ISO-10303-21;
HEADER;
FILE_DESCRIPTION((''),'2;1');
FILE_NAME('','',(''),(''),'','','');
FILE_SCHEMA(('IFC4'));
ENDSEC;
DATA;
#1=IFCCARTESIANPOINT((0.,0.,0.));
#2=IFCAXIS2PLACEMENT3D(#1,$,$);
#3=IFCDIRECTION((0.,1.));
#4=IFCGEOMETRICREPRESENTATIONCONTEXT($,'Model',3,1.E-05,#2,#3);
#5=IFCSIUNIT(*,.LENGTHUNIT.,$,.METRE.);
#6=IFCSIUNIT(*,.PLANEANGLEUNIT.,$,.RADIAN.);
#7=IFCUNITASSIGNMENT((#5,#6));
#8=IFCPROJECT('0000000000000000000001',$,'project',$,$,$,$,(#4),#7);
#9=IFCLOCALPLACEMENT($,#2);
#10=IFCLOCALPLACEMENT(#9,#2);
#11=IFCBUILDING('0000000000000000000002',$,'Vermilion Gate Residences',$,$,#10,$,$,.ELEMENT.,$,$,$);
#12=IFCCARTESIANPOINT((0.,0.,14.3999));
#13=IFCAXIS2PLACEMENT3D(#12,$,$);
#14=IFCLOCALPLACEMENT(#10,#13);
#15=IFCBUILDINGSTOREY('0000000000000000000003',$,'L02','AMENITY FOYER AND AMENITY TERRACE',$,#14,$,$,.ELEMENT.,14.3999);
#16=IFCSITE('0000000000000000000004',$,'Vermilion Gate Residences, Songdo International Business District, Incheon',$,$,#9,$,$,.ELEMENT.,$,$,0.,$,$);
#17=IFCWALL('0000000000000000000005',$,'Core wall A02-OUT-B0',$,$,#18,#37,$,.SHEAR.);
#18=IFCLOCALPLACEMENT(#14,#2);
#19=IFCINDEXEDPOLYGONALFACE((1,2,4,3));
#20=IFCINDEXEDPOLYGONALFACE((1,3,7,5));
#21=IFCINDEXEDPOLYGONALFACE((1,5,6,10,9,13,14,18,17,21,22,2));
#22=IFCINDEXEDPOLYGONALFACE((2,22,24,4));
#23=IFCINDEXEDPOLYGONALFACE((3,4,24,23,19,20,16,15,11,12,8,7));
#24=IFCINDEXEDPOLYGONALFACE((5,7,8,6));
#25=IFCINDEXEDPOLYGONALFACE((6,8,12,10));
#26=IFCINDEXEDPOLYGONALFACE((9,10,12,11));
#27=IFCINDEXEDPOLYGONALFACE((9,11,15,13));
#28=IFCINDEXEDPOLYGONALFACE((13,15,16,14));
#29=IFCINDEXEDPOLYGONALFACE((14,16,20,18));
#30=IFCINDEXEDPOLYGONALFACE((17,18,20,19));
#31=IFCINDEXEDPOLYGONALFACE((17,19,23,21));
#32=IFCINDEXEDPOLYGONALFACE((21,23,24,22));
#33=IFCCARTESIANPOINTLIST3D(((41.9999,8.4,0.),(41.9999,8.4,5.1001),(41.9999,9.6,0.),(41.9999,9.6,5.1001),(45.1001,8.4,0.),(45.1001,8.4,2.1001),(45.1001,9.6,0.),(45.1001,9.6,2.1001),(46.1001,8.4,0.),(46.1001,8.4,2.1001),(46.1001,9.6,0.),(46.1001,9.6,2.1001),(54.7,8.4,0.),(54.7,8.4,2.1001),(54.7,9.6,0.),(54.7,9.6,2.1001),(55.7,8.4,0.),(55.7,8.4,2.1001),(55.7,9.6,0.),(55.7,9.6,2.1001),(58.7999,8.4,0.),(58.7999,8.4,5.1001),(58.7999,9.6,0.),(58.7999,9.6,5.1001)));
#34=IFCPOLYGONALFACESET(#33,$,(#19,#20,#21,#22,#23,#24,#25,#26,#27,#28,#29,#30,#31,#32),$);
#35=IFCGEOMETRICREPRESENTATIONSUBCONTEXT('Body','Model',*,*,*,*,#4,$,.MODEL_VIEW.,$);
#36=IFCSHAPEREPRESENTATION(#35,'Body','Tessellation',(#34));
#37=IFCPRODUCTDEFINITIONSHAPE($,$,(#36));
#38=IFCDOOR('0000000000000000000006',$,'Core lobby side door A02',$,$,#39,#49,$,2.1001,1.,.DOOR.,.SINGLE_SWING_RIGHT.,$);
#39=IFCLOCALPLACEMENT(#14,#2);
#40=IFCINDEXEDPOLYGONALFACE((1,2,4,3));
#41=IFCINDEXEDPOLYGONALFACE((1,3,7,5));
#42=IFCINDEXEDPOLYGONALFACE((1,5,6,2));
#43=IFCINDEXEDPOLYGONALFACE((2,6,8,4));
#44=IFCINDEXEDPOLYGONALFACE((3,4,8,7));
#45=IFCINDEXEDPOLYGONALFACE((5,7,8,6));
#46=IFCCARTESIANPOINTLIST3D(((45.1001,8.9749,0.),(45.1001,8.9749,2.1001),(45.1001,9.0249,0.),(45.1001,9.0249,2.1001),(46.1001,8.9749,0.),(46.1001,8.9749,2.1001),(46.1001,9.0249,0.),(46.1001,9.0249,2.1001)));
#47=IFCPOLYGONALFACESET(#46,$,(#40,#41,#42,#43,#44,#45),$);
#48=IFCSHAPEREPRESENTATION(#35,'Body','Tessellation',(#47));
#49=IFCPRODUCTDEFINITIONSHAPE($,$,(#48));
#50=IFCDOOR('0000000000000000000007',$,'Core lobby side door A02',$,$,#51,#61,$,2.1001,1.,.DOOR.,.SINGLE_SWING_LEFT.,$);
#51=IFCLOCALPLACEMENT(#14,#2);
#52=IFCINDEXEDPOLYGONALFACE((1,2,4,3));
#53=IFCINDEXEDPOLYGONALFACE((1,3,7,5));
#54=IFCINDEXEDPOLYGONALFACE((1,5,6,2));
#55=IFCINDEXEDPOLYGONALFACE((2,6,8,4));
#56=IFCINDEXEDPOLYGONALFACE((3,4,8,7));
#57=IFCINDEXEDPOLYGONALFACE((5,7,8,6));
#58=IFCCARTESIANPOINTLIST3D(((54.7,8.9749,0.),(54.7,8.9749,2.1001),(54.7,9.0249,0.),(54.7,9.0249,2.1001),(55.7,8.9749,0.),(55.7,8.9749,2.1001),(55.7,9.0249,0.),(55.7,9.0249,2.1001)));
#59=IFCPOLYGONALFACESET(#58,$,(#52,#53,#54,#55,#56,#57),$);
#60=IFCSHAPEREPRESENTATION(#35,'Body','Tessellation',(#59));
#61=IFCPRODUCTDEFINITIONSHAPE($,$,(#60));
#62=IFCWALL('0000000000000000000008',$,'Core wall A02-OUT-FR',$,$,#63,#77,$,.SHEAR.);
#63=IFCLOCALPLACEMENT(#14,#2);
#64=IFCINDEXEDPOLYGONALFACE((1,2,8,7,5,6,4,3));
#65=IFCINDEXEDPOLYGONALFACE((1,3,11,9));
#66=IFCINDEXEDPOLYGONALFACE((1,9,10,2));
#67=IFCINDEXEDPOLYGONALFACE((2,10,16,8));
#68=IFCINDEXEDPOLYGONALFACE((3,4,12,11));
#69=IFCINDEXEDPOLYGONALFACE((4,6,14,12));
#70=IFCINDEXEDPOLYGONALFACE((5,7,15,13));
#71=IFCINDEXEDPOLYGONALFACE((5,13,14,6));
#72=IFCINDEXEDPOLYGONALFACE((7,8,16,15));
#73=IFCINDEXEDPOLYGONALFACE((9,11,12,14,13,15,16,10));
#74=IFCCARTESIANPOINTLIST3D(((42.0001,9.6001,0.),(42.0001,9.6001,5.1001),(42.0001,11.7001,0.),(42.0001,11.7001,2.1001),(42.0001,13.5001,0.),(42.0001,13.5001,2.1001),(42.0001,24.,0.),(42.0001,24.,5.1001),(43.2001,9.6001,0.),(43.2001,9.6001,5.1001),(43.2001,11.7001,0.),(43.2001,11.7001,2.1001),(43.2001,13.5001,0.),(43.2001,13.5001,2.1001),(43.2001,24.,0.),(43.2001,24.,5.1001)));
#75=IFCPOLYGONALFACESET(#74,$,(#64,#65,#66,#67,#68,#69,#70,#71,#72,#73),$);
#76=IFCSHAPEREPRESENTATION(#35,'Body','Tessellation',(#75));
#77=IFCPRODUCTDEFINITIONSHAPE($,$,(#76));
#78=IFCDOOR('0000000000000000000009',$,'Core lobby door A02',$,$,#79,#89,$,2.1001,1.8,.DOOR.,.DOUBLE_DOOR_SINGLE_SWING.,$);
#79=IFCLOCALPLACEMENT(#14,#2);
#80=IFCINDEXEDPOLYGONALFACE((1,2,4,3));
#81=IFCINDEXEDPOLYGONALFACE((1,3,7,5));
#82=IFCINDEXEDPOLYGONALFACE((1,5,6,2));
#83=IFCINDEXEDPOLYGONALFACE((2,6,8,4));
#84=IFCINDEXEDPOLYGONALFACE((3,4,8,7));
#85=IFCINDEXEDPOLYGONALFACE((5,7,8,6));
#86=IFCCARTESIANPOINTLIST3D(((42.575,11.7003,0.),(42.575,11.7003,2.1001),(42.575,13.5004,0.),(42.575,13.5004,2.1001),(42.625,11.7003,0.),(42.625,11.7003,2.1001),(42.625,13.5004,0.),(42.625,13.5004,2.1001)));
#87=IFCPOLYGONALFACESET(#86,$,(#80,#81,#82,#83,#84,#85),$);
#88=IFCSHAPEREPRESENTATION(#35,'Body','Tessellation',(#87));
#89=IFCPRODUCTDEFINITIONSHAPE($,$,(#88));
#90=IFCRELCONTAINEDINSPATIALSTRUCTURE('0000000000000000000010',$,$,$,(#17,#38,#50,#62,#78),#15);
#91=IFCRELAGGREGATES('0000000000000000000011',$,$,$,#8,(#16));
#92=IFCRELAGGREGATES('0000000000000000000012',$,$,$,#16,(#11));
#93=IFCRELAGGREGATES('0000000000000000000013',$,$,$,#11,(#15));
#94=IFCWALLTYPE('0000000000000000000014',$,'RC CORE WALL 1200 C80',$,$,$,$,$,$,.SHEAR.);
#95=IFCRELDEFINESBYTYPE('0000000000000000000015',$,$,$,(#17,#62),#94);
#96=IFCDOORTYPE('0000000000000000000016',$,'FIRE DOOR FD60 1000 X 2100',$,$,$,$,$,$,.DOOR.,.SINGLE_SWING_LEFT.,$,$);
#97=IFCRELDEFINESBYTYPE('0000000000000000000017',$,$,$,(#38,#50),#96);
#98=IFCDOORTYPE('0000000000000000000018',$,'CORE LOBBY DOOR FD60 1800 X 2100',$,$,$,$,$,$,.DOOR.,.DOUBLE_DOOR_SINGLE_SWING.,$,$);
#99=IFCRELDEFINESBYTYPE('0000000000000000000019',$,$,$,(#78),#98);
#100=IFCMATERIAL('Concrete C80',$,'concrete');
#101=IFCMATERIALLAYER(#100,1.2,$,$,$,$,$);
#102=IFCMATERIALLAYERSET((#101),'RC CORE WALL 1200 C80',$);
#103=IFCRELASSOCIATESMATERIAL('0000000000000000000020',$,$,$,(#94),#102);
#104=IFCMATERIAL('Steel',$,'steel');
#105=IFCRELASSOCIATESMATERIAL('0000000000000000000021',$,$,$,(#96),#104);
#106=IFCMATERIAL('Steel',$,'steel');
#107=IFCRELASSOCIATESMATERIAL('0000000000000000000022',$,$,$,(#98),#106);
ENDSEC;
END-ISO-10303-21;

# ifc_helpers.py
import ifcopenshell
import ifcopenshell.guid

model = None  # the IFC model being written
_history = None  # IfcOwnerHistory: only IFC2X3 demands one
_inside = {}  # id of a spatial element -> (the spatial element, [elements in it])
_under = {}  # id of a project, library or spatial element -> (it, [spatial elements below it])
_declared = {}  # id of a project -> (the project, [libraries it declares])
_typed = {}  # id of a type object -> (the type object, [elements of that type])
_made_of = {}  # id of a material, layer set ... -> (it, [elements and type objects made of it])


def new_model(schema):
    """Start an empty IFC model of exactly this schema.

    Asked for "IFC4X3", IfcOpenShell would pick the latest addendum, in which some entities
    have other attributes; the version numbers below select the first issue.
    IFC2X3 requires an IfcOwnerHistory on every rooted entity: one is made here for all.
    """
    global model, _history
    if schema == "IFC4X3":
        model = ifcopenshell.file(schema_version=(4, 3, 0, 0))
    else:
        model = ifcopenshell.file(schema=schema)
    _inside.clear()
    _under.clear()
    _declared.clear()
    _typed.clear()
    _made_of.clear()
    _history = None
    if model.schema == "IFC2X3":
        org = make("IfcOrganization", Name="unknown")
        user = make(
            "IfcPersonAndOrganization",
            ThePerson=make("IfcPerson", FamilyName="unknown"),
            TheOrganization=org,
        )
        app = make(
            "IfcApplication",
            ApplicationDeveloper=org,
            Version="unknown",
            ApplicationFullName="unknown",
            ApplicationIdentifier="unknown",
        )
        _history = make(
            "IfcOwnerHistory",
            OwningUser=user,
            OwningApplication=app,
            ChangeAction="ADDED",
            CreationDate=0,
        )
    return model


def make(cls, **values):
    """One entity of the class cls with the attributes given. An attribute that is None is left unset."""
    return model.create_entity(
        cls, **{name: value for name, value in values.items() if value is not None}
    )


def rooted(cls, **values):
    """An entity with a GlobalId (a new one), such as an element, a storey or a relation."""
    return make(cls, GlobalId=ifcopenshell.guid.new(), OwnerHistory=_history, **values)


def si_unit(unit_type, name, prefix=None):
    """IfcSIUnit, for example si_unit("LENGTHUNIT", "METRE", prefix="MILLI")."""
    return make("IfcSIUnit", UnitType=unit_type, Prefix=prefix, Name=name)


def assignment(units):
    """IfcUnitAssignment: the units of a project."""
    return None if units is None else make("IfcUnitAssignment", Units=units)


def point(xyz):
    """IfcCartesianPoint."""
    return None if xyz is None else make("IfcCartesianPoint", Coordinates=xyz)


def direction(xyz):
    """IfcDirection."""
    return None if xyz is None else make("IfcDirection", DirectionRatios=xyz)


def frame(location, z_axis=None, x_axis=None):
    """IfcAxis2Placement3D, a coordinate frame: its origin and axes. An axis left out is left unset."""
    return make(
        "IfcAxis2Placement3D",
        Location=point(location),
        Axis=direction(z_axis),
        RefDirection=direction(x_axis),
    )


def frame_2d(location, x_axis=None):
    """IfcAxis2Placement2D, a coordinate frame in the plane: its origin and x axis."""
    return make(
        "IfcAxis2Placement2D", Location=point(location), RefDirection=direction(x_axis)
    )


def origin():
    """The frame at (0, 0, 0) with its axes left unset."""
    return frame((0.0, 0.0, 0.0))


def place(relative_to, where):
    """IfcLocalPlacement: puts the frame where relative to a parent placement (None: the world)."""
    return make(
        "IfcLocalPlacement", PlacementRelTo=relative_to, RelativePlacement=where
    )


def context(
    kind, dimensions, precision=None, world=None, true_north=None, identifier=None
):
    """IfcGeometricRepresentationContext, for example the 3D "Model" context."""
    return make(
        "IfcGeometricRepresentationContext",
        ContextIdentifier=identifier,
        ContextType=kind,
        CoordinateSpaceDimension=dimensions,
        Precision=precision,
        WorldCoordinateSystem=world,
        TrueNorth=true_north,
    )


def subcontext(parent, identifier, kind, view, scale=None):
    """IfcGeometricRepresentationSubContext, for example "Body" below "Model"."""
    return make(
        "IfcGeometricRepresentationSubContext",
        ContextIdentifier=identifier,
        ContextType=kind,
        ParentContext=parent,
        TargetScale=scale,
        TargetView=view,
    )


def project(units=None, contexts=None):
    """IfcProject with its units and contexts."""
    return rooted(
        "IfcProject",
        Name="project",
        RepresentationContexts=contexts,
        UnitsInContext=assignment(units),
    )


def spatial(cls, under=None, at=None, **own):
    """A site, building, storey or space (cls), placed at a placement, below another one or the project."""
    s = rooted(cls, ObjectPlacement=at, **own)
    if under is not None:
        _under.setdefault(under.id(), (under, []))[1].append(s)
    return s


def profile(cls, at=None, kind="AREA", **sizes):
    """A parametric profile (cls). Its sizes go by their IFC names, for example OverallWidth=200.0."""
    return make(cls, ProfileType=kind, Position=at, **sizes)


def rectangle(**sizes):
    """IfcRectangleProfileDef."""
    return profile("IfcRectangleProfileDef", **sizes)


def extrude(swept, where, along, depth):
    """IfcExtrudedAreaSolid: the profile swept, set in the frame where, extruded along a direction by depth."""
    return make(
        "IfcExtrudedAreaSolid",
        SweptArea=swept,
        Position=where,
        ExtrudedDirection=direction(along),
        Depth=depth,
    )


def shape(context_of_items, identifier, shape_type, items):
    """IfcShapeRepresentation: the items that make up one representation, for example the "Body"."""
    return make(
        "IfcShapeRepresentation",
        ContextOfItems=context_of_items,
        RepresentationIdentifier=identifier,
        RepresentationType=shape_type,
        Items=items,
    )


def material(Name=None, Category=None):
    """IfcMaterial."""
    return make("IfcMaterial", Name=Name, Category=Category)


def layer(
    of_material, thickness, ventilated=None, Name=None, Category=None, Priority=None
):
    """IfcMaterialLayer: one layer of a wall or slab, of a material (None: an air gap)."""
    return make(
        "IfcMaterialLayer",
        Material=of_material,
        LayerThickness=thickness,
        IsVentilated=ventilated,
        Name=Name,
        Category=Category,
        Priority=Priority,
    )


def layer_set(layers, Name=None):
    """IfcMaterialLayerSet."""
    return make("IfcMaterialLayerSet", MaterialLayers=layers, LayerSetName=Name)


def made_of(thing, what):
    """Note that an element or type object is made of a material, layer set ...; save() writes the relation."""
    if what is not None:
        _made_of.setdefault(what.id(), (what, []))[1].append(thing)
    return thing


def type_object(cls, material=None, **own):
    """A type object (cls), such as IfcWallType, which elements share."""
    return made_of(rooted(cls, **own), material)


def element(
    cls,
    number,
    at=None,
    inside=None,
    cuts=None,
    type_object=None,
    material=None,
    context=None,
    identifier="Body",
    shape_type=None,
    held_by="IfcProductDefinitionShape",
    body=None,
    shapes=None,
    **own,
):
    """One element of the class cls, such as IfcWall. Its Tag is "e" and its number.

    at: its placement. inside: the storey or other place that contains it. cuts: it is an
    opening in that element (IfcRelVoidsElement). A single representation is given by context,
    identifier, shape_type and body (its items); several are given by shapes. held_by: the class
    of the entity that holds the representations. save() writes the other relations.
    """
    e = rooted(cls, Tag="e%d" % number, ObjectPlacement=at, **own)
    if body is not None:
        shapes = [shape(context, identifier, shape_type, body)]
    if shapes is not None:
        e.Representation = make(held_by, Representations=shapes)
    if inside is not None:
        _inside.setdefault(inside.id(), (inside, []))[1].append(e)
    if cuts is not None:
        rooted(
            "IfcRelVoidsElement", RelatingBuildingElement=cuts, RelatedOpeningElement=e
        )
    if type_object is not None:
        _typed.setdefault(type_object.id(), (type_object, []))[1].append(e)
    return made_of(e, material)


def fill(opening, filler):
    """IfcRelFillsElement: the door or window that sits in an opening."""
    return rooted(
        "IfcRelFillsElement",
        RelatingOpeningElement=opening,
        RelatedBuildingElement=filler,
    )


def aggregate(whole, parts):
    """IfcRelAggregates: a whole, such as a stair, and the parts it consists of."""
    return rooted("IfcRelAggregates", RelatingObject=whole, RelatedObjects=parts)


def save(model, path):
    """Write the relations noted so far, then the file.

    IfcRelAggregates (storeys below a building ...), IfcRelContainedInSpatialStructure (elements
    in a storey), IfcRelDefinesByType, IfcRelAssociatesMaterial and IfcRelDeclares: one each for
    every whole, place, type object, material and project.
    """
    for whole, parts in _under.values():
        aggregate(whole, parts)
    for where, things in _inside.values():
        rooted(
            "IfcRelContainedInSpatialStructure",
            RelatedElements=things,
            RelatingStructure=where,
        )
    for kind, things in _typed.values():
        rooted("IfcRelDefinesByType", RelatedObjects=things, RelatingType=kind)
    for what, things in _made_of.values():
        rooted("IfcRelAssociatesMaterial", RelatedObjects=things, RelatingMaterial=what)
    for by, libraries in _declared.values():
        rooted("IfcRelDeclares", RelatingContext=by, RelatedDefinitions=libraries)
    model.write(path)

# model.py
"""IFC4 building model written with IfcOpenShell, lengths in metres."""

from ifc_helpers import new_model, si_unit, direction, frame, frame_2d, origin, place, context, subcontext, project, spatial, rectangle, extrude, material, layer, layer_set, type_object, element, fill, save


model = new_model("IFC4")

# Units and contexts
model_context = context("Model", 3, precision=1e-05, world=origin(), true_north=direction((0.0, 1.0)))
body_context = subcontext(model_context, "Body", "Model", "MODEL_VIEW")
ifc_project = project(units=[si_unit("LENGTHUNIT", "METRE"), si_unit("PLANEANGLEUNIT", "RADIAN")], contexts=[model_context])

# Site, building, storey
site_placement = place(None, origin())
site = spatial("IfcSite", under=ifc_project, at=site_placement, Name="Vermilion Gate Residences, Songdo International Business District, Incheon", CompositionType="ELEMENT", RefElevation=0.0)
building_placement = place(site_placement, origin())
building = spatial("IfcBuilding", under=site, at=building_placement, Name="Vermilion Gate Residences", CompositionType="ELEMENT")
storey_placement = place(building_placement, frame((0.0, 0.0, 14.3999)))
storey = spatial("IfcBuildingStorey", under=building, at=storey_placement, Name="L02", Description="AMENITY FOYER AND AMENITY TERRACE", CompositionType="ELEMENT", Elevation=14.3999)

# Wall, openings, doors
ifc_material_1 = material(Name="Concrete C80", Category="concrete")
ifc_layer_1 = layer(ifc_material_1, 1.2)
ifc_layer_set_1 = layer_set([ifc_layer_1], Name="RC CORE WALL 1200 C80")
wall_type_1 = type_object("IfcWallType", Name="RC CORE WALL 1200 C80", PredefinedType="SHEAR", material=ifc_layer_set_1)
wall_1_placement = place(storey_placement, frame((42.0, 9.0, 0.0), z_axis=(0.0, 0.0, 1.0), x_axis=(1.0, 0.0, 0.0)))
wall_1 = element("IfcWall", 1, at=wall_1_placement, inside=storey, type_object=wall_type_1, Name="Core wall A02-OUT-B0", PredefinedType="SHEAR", context=body_context, shape_type="SweptSolid", body=[
    extrude(rectangle(XDim=16.8, YDim=1.2, at=frame_2d((8.3999, 0.0))), origin(), (0.0, 0.0, 1.0), 5.1001),
])
opening_1_placement = place(wall_1_placement, frame((3.1001, 0.0, 0.0)))
opening_1 = element("IfcOpeningElement", 2, at=opening_1_placement, cuts=wall_1, PredefinedType="OPENING", context=body_context, shape_type="SweptSolid", body=[
    extrude(rectangle(XDim=1.0, YDim=2.1001, at=frame_2d((0.5, 1.05))), frame((0.0, 0.6099, 0.0), z_axis=(0.0, -1.0, 0.0), x_axis=(1.0, 0.0, 0.0)), (0.0, 0.0, 1.0), 1.22),
])
opening_2_placement = place(wall_1_placement, frame((12.7, 0.0, 0.0)))
opening_2 = element("IfcOpeningElement", 3, at=opening_2_placement, cuts=wall_1, PredefinedType="OPENING", context=body_context, shape_type="SweptSolid", body=[
    extrude(rectangle(XDim=1.0, YDim=2.1001, at=frame_2d((0.5, 1.05))), frame((0.0, 0.6099, 0.0), z_axis=(0.0, -1.0, 0.0), x_axis=(1.0, 0.0, 0.0)), (0.0, 0.0, 1.0), 1.22),
])
ifc_material_2 = material(Name="Steel", Category="steel")
door_type_1 = type_object("IfcDoorType", Name="FIRE DOOR FD60 1000 X 2100", OperationType="SINGLE_SWING_LEFT", PredefinedType="DOOR", material=ifc_material_2)
door_1_placement = place(opening_1_placement, origin())
door_1 = element("IfcDoor", 4, at=door_1_placement, inside=storey, type_object=door_type_1, Name="Core lobby side door A02", OperationType="SINGLE_SWING_RIGHT", OverallHeight=2.1001, OverallWidth=1.0, PredefinedType="DOOR", context=body_context, shape_type="SweptSolid", body=[
    extrude(rectangle(XDim=1.0, YDim=2.1001, at=frame_2d((0.5, 1.05))), frame((0.0, 0.0249, 0.0), z_axis=(0.0, -1.0, 0.0), x_axis=(1.0, 0.0, 0.0)), (0.0, 0.0, 1.0), 0.05),
])
fill(opening_1, door_1)
door_2_placement = place(opening_2_placement, origin())
door_2 = element("IfcDoor", 5, at=door_2_placement, inside=storey, type_object=door_type_1, Name="Core lobby side door A02", OperationType="SINGLE_SWING_LEFT", OverallHeight=2.1001, OverallWidth=1.0, PredefinedType="DOOR", context=body_context, shape_type="SweptSolid", body=[
    extrude(rectangle(XDim=1.0, YDim=2.1001, at=frame_2d((0.5, 1.05))), frame((0.0, 0.0249, 0.0), z_axis=(0.0, -1.0, 0.0), x_axis=(1.0, 0.0, 0.0)), (0.0, 0.0, 1.0), 0.05),
])
fill(opening_2, door_2)

# Wall, opening, door
wall_2_placement = place(storey_placement, frame((42.6001, 9.6001, 0.0), z_axis=(0.0, 0.0, 1.0), x_axis=(0.0, 1.0, 0.0)))
wall_2 = element("IfcWall", 6, at=wall_2_placement, inside=storey, type_object=wall_type_1, Name="Core wall A02-OUT-FR", PredefinedType="SHEAR", context=body_context, shape_type="SweptSolid", body=[
    extrude(rectangle(XDim=14.3999, YDim=1.2, at=frame_2d((7.2, 0.0))), origin(), (0.0, 0.0, 1.0), 5.1001),
])
opening_3_placement = place(wall_2_placement, frame((2.1001, 0.0, 0.0)))
opening_3 = element("IfcOpeningElement", 7, at=opening_3_placement, cuts=wall_2, PredefinedType="OPENING", context=body_context, shape_type="SweptSolid", body=[
    extrude(rectangle(XDim=1.8, YDim=2.1001, at=frame_2d((0.8999, 1.05))), frame((0.0, 0.6099, 0.0), z_axis=(0.0, -1.0, 0.0), x_axis=(1.0, 0.0, 0.0)), (0.0, 0.0, 1.0), 1.22),
])
ifc_material_3 = material(Name="Steel", Category="steel")
door_type_2 = type_object("IfcDoorType", Name="CORE LOBBY DOOR FD60 1800 X 2100", OperationType="DOUBLE_DOOR_SINGLE_SWING", PredefinedType="DOOR", material=ifc_material_3)
door_3_placement = place(opening_3_placement, frame((1.8, 0.0, 0.0), z_axis=(0.0, 0.0, 1.0), x_axis=(-1.0, 0.0, 0.0)))
door_3 = element("IfcDoor", 8, at=door_3_placement, inside=storey, type_object=door_type_2, Name="Core lobby door A02", OperationType="DOUBLE_DOOR_SINGLE_SWING", OverallHeight=2.1001, OverallWidth=1.8, PredefinedType="DOOR", context=body_context, shape_type="SweptSolid", body=[
    extrude(rectangle(XDim=1.8, YDim=2.1001, at=frame_2d((0.8999, 1.05))), frame((0.0, 0.0249, 0.0), z_axis=(0.0, -1.0, 0.0), x_axis=(1.0, 0.0, 0.0)), (0.0, 0.0, 1.0), 0.05),
])
fill(opening_3, door_3)

save(model, "model.ifc")
